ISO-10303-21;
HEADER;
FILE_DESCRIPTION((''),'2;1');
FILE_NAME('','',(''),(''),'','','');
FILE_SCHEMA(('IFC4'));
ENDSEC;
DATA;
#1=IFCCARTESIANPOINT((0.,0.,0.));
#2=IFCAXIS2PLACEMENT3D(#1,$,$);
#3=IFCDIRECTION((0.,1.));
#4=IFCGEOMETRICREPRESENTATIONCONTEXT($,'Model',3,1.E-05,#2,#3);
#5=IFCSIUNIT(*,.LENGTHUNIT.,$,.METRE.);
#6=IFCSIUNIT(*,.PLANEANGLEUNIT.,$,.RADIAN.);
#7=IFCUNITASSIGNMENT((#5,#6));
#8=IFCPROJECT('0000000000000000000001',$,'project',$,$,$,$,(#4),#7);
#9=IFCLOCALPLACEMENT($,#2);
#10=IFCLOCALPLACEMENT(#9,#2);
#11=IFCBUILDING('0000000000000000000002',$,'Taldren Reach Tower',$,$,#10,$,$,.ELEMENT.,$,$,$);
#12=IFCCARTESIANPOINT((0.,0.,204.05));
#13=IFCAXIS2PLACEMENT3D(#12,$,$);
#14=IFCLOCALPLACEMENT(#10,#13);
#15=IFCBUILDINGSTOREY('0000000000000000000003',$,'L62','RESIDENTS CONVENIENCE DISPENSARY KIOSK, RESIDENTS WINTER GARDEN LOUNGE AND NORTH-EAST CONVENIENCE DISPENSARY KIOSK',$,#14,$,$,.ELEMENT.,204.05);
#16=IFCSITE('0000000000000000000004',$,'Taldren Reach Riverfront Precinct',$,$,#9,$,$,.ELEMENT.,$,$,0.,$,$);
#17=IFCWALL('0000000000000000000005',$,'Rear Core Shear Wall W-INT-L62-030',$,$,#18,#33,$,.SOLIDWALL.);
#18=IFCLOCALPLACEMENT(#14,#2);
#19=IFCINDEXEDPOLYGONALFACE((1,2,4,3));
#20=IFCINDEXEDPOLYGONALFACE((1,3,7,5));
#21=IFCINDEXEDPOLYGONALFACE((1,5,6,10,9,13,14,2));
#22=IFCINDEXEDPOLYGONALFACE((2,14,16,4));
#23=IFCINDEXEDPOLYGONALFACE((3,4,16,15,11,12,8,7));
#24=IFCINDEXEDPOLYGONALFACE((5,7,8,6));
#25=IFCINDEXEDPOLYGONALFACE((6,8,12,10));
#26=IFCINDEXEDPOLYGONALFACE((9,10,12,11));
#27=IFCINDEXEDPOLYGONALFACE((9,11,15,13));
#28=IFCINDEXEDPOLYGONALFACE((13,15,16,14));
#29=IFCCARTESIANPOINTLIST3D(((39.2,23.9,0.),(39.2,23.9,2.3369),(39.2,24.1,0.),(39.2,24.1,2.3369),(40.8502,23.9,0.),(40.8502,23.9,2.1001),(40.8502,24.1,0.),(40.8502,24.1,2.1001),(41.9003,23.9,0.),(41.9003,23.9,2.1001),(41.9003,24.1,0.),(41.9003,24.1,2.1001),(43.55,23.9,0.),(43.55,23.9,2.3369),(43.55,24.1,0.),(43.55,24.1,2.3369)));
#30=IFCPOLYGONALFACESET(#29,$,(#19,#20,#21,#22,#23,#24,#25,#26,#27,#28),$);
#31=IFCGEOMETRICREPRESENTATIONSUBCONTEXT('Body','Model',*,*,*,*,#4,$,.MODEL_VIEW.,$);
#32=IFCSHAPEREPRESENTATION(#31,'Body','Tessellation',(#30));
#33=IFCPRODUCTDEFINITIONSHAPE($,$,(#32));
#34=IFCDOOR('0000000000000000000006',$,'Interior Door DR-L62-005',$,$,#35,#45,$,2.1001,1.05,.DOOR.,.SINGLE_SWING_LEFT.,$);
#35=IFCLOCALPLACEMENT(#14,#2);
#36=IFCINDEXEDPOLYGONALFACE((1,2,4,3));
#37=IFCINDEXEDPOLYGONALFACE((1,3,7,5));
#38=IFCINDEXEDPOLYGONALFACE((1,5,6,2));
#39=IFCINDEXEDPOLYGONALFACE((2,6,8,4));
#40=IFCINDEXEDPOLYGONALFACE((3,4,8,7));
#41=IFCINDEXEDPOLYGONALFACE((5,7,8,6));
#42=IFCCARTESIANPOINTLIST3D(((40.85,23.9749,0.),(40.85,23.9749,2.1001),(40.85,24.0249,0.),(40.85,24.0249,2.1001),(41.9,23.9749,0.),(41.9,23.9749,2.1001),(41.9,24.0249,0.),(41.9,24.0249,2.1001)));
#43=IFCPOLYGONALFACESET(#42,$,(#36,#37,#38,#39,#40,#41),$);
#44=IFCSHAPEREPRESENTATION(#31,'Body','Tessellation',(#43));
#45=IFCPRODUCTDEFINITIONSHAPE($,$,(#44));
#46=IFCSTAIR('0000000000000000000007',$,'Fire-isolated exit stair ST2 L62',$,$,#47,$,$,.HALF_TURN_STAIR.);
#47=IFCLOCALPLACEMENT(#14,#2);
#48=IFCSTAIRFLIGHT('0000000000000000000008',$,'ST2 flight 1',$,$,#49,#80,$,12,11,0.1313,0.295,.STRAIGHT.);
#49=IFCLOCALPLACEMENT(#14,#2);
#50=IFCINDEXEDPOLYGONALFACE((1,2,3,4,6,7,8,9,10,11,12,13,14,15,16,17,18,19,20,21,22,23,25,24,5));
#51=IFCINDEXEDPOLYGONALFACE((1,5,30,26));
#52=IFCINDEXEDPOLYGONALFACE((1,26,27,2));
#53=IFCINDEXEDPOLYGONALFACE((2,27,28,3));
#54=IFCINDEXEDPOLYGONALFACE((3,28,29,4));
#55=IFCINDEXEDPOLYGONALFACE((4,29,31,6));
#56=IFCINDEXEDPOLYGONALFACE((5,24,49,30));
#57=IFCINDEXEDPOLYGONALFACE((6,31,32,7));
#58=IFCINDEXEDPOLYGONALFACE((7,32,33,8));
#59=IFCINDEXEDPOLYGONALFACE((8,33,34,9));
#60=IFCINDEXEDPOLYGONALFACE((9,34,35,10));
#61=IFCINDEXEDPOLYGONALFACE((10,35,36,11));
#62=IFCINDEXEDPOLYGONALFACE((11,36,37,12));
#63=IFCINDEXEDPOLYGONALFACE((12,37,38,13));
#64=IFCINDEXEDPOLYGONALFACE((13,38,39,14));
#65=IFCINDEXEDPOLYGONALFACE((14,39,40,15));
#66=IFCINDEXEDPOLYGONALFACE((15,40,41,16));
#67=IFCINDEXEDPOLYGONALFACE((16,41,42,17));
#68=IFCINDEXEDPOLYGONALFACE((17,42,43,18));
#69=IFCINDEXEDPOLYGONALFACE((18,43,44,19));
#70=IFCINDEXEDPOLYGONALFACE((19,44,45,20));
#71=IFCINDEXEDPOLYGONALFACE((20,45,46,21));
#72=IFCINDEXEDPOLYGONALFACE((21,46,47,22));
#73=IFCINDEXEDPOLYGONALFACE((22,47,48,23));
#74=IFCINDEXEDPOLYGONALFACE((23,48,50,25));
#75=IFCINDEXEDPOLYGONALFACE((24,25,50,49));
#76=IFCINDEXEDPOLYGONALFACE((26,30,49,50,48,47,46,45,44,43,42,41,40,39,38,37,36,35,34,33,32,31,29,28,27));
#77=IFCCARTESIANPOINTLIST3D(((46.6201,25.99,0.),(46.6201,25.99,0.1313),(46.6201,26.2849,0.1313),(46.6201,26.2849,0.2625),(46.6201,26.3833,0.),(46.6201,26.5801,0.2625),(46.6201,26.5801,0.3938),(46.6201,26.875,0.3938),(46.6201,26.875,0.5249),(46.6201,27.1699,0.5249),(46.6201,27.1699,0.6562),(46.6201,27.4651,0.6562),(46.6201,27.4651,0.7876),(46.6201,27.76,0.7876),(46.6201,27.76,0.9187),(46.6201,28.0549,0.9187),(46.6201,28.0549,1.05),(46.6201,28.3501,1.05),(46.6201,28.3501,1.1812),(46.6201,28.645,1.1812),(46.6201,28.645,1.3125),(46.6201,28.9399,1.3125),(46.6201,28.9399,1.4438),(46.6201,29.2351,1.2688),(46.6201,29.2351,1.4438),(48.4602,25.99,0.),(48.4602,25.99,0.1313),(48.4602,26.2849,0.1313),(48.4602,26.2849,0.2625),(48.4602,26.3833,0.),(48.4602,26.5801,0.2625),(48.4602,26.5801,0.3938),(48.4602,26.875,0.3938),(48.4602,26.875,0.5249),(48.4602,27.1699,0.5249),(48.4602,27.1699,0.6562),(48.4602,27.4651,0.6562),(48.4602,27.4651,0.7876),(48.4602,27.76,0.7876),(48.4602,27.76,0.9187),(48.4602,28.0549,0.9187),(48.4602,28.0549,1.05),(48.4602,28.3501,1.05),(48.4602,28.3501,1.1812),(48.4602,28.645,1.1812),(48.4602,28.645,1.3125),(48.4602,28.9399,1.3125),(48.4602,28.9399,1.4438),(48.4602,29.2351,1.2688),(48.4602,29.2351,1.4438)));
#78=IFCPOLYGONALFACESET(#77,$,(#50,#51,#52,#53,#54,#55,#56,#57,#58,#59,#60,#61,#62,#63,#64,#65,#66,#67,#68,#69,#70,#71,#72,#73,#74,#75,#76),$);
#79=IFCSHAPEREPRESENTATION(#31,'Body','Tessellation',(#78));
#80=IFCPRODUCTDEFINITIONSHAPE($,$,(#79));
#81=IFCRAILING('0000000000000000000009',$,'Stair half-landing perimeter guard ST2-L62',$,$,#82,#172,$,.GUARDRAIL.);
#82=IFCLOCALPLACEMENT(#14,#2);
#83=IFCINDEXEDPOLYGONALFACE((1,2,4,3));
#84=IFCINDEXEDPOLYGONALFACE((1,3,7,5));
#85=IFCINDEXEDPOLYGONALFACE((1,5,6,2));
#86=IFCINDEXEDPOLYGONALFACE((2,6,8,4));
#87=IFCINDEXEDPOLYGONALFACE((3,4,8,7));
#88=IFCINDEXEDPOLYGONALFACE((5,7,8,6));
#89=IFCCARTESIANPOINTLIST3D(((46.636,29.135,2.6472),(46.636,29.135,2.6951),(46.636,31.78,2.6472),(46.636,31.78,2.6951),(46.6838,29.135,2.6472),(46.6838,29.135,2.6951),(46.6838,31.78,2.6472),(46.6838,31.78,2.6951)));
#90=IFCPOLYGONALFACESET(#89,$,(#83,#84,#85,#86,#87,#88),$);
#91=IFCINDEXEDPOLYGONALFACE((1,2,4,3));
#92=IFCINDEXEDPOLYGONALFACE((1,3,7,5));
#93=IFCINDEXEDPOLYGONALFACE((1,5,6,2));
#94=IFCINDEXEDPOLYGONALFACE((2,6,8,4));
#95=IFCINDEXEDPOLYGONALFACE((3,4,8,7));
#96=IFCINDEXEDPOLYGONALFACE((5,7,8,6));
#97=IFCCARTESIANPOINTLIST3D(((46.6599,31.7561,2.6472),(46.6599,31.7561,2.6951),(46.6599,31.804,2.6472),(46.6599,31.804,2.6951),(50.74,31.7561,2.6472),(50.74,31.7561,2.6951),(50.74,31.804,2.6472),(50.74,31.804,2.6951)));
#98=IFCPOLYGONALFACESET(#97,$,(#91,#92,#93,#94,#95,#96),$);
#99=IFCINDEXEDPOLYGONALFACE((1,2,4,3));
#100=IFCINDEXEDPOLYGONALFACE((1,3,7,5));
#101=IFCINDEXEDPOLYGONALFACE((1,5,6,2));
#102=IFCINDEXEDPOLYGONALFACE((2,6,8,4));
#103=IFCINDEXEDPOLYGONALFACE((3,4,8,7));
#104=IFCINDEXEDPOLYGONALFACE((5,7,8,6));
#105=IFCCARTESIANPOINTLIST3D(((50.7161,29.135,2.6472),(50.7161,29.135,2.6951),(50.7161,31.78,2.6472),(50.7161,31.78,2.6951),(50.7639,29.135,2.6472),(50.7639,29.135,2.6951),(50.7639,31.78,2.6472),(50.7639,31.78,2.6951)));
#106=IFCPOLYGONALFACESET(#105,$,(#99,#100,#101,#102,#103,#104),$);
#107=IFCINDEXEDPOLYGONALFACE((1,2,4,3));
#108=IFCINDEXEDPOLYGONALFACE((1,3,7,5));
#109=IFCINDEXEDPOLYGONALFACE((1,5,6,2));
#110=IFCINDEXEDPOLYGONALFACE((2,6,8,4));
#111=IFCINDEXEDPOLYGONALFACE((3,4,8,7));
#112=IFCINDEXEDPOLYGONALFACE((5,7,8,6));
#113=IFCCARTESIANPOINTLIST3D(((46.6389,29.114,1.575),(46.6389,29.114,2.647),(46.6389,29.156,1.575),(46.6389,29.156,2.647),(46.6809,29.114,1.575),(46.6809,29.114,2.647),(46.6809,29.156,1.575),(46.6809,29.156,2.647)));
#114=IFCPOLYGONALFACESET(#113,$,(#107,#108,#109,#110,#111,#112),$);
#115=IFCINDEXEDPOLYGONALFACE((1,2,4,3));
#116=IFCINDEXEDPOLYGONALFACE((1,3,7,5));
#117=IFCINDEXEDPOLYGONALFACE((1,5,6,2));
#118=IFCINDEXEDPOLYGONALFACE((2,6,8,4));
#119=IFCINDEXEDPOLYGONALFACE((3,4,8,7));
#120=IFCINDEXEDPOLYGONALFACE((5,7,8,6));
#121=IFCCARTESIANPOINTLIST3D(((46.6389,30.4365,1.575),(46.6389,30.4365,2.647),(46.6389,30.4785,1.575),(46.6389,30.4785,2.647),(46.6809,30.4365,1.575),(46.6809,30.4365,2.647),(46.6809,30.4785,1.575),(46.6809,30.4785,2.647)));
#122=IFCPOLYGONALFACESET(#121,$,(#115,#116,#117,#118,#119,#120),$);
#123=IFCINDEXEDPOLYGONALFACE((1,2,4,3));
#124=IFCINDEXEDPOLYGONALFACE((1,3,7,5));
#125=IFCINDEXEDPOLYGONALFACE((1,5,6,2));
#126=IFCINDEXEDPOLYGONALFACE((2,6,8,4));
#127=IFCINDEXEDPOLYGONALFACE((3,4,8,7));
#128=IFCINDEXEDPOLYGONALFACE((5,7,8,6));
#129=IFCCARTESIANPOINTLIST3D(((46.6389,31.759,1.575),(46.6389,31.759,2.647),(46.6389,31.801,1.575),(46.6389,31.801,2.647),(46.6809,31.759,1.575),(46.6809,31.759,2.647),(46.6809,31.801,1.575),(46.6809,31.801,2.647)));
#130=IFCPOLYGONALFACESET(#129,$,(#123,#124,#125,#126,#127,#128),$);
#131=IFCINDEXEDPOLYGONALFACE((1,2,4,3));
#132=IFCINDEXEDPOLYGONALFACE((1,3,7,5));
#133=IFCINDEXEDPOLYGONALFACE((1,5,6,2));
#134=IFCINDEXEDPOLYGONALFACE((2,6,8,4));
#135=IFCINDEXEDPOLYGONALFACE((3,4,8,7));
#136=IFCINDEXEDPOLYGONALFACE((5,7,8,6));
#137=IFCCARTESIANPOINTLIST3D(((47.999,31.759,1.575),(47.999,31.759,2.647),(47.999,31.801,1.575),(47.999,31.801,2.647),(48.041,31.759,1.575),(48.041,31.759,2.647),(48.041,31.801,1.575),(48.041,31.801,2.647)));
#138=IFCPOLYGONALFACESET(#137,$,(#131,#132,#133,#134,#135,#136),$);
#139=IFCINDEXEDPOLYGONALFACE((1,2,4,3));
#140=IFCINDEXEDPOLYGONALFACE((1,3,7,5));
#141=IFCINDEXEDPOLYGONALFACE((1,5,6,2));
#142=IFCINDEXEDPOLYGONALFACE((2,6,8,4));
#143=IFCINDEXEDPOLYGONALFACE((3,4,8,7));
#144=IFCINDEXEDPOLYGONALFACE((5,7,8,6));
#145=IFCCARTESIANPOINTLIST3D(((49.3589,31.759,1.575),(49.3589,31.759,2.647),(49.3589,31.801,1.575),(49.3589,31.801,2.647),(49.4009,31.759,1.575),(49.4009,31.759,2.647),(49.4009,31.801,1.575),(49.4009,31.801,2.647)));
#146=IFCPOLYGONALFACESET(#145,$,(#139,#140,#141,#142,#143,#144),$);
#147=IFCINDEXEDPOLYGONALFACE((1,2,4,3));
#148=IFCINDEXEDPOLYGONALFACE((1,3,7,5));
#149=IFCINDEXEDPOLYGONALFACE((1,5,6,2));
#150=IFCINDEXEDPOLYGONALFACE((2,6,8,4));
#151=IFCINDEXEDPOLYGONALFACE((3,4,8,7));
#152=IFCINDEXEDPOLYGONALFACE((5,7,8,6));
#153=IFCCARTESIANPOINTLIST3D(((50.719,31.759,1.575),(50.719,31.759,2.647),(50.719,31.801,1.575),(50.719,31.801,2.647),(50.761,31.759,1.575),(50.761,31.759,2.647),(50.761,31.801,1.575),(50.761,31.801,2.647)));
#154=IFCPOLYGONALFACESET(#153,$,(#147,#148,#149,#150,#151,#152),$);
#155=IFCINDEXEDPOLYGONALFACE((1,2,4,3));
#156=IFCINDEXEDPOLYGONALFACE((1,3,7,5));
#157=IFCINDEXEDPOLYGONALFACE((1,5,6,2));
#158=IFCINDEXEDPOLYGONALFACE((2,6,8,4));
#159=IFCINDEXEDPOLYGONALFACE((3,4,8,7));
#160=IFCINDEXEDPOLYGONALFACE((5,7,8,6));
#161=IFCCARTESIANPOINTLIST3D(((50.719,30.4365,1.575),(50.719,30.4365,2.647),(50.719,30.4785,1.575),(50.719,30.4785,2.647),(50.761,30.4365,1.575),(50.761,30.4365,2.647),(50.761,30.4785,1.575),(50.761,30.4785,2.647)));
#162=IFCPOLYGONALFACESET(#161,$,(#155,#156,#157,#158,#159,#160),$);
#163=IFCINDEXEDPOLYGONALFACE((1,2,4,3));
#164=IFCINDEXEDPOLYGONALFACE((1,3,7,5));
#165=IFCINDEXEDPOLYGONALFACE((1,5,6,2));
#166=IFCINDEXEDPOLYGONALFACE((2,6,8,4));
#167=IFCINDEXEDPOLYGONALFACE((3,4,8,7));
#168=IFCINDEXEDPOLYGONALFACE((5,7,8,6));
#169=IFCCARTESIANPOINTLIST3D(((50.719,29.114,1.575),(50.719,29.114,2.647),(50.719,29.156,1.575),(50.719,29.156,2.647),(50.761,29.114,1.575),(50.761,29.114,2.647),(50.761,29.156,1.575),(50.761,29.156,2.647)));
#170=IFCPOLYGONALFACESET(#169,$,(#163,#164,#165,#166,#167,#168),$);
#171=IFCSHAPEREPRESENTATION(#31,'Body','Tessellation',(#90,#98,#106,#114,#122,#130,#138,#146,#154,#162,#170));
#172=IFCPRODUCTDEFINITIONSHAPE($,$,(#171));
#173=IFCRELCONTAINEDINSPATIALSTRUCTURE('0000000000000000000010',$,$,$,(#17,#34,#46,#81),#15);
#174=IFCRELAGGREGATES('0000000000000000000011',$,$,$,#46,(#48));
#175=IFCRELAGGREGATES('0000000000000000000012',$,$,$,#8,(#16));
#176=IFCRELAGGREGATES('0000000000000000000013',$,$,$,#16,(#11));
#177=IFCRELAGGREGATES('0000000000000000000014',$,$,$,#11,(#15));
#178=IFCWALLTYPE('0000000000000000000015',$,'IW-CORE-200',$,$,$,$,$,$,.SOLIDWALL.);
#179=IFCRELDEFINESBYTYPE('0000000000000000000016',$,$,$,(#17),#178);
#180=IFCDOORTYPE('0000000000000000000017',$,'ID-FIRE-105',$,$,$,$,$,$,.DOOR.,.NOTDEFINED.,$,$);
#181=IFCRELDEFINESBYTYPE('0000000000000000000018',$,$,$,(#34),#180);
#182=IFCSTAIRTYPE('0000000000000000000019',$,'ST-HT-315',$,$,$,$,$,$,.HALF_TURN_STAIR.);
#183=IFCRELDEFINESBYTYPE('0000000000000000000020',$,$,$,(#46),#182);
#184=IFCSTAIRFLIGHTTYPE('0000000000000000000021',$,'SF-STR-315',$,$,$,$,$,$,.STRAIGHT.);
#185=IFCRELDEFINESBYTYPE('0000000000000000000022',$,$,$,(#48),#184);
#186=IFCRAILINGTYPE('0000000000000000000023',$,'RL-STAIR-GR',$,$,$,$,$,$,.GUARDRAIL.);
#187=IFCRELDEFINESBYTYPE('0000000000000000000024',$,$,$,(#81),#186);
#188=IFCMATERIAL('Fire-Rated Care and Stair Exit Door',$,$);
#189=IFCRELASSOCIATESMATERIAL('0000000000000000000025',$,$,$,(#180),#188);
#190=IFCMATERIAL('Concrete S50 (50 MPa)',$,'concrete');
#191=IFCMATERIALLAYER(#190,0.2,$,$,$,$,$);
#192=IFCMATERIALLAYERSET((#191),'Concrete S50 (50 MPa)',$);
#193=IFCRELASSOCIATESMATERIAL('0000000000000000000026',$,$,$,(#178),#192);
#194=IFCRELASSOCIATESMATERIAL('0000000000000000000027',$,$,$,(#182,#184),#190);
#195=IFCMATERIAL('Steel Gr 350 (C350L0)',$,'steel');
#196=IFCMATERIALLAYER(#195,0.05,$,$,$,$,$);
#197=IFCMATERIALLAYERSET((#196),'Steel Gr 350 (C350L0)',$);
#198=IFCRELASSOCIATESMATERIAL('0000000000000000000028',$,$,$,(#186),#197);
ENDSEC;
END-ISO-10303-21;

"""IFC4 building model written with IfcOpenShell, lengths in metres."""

from ifc_helpers import new_model, si_unit, direction, frame, frame_2d, origin, origin_2d, place, context, subcontext, project, spatial, polyline, rectangle, outline, extrude, source, transform, mapped, material, layer, layer_set, type_object, element, fill, aggregate, save


model = new_model("IFC4")

# Units and contexts
model_context = context("Model", 3, precision=1e-05, world=origin(), true_north=direction((0.0, 1.0)))
body_context = subcontext(model_context, "Body", "Model", "MODEL_VIEW")
ifc_project = project(units=[si_unit("LENGTHUNIT", "METRE"), si_unit("PLANEANGLEUNIT", "RADIAN")], contexts=[model_context])

# Site, building, storey
site_placement = place(None, origin())
site = spatial("IfcSite", under=ifc_project, at=site_placement, Name="Taldren Reach Riverfront Precinct", CompositionType="ELEMENT", RefElevation=0.0)
building_placement = place(site_placement, origin())
building = spatial("IfcBuilding", under=site, at=building_placement, Name="Taldren Reach Tower", CompositionType="ELEMENT")
storey_placement = place(building_placement, frame((0.0, 0.0, 204.05)))
storey = spatial("IfcBuildingStorey", under=building, at=storey_placement, Name="L62", Description="RESIDENTS CONVENIENCE DISPENSARY KIOSK, RESIDENTS WINTER GARDEN LOUNGE AND NORTH-EAST CONVENIENCE DISPENSARY KIOSK", CompositionType="ELEMENT", Elevation=204.05)

# Shared definitions
ifc_material_1 = material(Name="Steel Gr 350 (C350L0)", Category="steel")

# Shared definitions
ifc_material_2 = material(Name="Fire-Rated Care and Stair Exit Door")
door_type_1 = type_object("IfcDoorType", Name="ID-FIRE-105", OperationType="NOTDEFINED", PredefinedType="DOOR", material=ifc_material_2)
shared_shape_1 = source(origin(), body_context, "Body", "SweptSolid", [
    extrude(rectangle(XDim=1.05, YDim=2.1001, at=frame_2d((0.5249, 1.05))), frame((0.0, 0.0249, 0.0), z_axis=(0.0, -1.0, 0.0), x_axis=(1.0, 0.0, 0.0)), (0.0, 0.0, 1.0), 0.05),
])

# Shared definitions
ifc_material_3 = material(Name="Concrete S50 (50 MPa)", Category="concrete")
ifc_layer_1 = layer(ifc_material_3, 0.2)
ifc_layer_set_1 = layer_set([ifc_layer_1], Name="Concrete S50 (50 MPa)")
wall_type_1 = type_object("IfcWallType", Name="IW-CORE-200", PredefinedType="SOLIDWALL", material=ifc_layer_set_1)

# Wall, opening, door
shared_shape_2 = source(origin(), body_context, "Body", "SweptSolid", [
    extrude(rectangle(XDim=1.05, YDim=2.1001, at=frame_2d((0.5249, 1.05))), frame((0.0, 0.1099, 0.0), z_axis=(0.0, -1.0, 0.0), x_axis=(1.0, 0.0, 0.0)), (0.0, 0.0, 1.0), 0.22),
])
shared_shape_3 = source(origin(), body_context, "Body", "SweptSolid", [
    extrude(rectangle(XDim=4.3501, YDim=0.2, at=frame_2d((2.175, 0.0))), origin(), (0.0, 0.0, 1.0), 2.3369),
])
wall_1_placement = place(storey_placement, frame((43.55, 24.0, 0.0), z_axis=(0.0, 0.0, 1.0), x_axis=(-1.0, 0.0, 0.0)))
wall_1 = element("IfcWall", 1, at=wall_1_placement, inside=storey, type_object=wall_type_1, Name="Rear Core Shear Wall W-INT-L62-030", PredefinedType="SOLIDWALL", context=body_context, shape_type="MappedRepresentation", body=[
    mapped(shared_shape_3, transform((0.0, 0.0, 0.0), scale=1.0)),
])
opening_1_placement = place(wall_1_placement, frame((1.6499, 0.0, 0.0)))
opening_1 = element("IfcOpeningElement", 2, at=opening_1_placement, cuts=wall_1, PredefinedType="OPENING", context=body_context, shape_type="MappedRepresentation", body=[
    mapped(shared_shape_2, transform((0.0, 0.0, 0.0), scale=1.0)),
])
door_1_placement = place(opening_1_placement, frame((1.05, 0.0, 0.0), z_axis=(0.0, 0.0, 1.0), x_axis=(-1.0, 0.0, 0.0)))
door_1 = element("IfcDoor", 3, at=door_1_placement, inside=storey, type_object=door_type_1, Name="Interior Door DR-L62-005", OperationType="SINGLE_SWING_LEFT", OverallHeight=2.1001, OverallWidth=1.05, PredefinedType="DOOR", context=body_context, shape_type="MappedRepresentation", body=[
    mapped(shared_shape_1, transform((0.0, 0.0, 0.0), scale=1.0)),
])
fill(opening_1, door_1)

# Stair, stair flight
stair_type = type_object("IfcStairType", Name="ST-HT-315", PredefinedType="HALF_TURN_STAIR", material=ifc_material_3)
stair_placement = place(storey_placement, origin())
stair = element("IfcStair", 4, at=stair_placement, inside=storey, type_object=stair_type, Name="Fire-isolated exit stair ST2 L62", PredefinedType="HALF_TURN_STAIR")
stair_flight_type = type_object("IfcStairFlightType", Name="SF-STR-315", PredefinedType="STRAIGHT", material=ifc_material_3)
stair_flight_placement = place(storey_placement, frame((47.54, 25.99, 0.0), z_axis=(0.0, 0.0, 1.0), x_axis=(0.0, 1.0, 0.0)))
stair_flight = element("IfcStairFlight", 5, at=stair_flight_placement, type_object=stair_flight_type, Name="ST2 flight 1", NumberOfRisers=12, NumberOfTreads=11, PredefinedType="STRAIGHT", RiserHeight=0.1313, TreadLength=0.295, context=body_context, shape_type="SweptSolid", body=[
    extrude(outline(polyline([(0.0, 0.0), (0.0, 0.1313), (0.2949, 0.1313), (0.2949, 0.2625), (0.5901, 0.2625), (0.5901, 0.3938), (0.885, 0.3938), (0.885, 0.5249), (1.1799, 0.5249), (1.1799, 0.6562), (1.4751, 0.6562), (1.4751, 0.7876), (1.77, 0.7876), (1.77, 0.9187), (2.0649, 0.9187), (2.0649, 1.05), (2.3601, 1.05), (2.3601, 1.1812), (2.655, 1.1812), (2.655, 1.3125), (2.95, 1.3125), (2.95, 1.4438), (3.2451, 1.4438), (3.2451, 1.575), (3.2451, 1.2688), (0.3933, 0.0), (0.0, 0.0)])), frame((0.0, 0.9199, 0.0), z_axis=(0.0, -1.0, 0.0), x_axis=(1.0, 0.0, 0.0)), (0.0, 0.0, 1.0), 1.8401),
])
aggregate(stair, [stair_flight])

# Railing
ifc_layer_2 = layer(ifc_material_1, 0.05)
ifc_layer_set_2 = layer_set([ifc_layer_2], Name="Steel Gr 350 (C350L0)")
railing_type_1 = type_object("IfcRailingType", Name="RL-STAIR-GR", PredefinedType="GUARDRAIL", material=ifc_layer_set_2)
railing_1_placement = place(storey_placement, frame((46.6599, 29.135, 1.575)))
element("IfcRailing", 6, at=railing_1_placement, inside=storey, type_object=railing_type_1, Name="Stair half-landing perimeter guard ST2-L62", PredefinedType="GUARDRAIL", context=body_context, shape_type="SweptSolid", body=[
    extrude(rectangle(XDim=0.0479, YDim=0.0479, at=origin_2d()), frame((0.0, 0.0, 1.0962), z_axis=(0.0, 1.0, 0.0), x_axis=(-1.0, 0.0, 0.0)), (0.0, 0.0, 1.0), 2.645),
    extrude(rectangle(XDim=0.0479, YDim=0.0479, at=origin_2d()), frame((0.0, 2.645, 1.0962), z_axis=(1.0, 0.0, 0.0), x_axis=(0.0, 1.0, 0.0)), (0.0, 0.0, 1.0), 4.0801),
    extrude(rectangle(XDim=0.0479, YDim=0.0479, at=origin_2d()), frame((4.0801, 2.645, 1.0962), z_axis=(0.0, -1.0, 0.0), x_axis=(1.0, 0.0, 0.0)), (0.0, 0.0, 1.0), 2.645),
    extrude(rectangle(XDim=0.042, YDim=0.042, at=origin_2d()), origin(), (0.0, 0.0, 1.0), 1.072),
    extrude(rectangle(XDim=0.042, YDim=0.042, at=origin_2d()), frame((0.0, 1.3225, 0.0)), (0.0, 0.0, 1.0), 1.072),
    extrude(rectangle(XDim=0.042, YDim=0.042, at=origin_2d()), frame((0.0, 2.645, 0.0)), (0.0, 0.0, 1.0), 1.072),
    extrude(rectangle(XDim=0.042, YDim=0.042, at=origin_2d()), frame((1.3601, 2.645, 0.0)), (0.0, 0.0, 1.0), 1.072),
    extrude(rectangle(XDim=0.042, YDim=0.042, at=origin_2d()), frame((2.72, 2.645, 0.0)), (0.0, 0.0, 1.0), 1.072),
    extrude(rectangle(XDim=0.042, YDim=0.042, at=origin_2d()), frame((4.0801, 2.645, 0.0)), (0.0, 0.0, 1.0), 1.072),
    extrude(rectangle(XDim=0.042, YDim=0.042, at=origin_2d()), frame((4.0801, 1.3225, 0.0)), (0.0, 0.0, 1.0), 1.072),
    extrude(rectangle(XDim=0.042, YDim=0.042, at=origin_2d()), frame((4.0801, 0.0, 0.0)), (0.0, 0.0, 1.0), 1.072),
])

save(model, "model.ifc")
